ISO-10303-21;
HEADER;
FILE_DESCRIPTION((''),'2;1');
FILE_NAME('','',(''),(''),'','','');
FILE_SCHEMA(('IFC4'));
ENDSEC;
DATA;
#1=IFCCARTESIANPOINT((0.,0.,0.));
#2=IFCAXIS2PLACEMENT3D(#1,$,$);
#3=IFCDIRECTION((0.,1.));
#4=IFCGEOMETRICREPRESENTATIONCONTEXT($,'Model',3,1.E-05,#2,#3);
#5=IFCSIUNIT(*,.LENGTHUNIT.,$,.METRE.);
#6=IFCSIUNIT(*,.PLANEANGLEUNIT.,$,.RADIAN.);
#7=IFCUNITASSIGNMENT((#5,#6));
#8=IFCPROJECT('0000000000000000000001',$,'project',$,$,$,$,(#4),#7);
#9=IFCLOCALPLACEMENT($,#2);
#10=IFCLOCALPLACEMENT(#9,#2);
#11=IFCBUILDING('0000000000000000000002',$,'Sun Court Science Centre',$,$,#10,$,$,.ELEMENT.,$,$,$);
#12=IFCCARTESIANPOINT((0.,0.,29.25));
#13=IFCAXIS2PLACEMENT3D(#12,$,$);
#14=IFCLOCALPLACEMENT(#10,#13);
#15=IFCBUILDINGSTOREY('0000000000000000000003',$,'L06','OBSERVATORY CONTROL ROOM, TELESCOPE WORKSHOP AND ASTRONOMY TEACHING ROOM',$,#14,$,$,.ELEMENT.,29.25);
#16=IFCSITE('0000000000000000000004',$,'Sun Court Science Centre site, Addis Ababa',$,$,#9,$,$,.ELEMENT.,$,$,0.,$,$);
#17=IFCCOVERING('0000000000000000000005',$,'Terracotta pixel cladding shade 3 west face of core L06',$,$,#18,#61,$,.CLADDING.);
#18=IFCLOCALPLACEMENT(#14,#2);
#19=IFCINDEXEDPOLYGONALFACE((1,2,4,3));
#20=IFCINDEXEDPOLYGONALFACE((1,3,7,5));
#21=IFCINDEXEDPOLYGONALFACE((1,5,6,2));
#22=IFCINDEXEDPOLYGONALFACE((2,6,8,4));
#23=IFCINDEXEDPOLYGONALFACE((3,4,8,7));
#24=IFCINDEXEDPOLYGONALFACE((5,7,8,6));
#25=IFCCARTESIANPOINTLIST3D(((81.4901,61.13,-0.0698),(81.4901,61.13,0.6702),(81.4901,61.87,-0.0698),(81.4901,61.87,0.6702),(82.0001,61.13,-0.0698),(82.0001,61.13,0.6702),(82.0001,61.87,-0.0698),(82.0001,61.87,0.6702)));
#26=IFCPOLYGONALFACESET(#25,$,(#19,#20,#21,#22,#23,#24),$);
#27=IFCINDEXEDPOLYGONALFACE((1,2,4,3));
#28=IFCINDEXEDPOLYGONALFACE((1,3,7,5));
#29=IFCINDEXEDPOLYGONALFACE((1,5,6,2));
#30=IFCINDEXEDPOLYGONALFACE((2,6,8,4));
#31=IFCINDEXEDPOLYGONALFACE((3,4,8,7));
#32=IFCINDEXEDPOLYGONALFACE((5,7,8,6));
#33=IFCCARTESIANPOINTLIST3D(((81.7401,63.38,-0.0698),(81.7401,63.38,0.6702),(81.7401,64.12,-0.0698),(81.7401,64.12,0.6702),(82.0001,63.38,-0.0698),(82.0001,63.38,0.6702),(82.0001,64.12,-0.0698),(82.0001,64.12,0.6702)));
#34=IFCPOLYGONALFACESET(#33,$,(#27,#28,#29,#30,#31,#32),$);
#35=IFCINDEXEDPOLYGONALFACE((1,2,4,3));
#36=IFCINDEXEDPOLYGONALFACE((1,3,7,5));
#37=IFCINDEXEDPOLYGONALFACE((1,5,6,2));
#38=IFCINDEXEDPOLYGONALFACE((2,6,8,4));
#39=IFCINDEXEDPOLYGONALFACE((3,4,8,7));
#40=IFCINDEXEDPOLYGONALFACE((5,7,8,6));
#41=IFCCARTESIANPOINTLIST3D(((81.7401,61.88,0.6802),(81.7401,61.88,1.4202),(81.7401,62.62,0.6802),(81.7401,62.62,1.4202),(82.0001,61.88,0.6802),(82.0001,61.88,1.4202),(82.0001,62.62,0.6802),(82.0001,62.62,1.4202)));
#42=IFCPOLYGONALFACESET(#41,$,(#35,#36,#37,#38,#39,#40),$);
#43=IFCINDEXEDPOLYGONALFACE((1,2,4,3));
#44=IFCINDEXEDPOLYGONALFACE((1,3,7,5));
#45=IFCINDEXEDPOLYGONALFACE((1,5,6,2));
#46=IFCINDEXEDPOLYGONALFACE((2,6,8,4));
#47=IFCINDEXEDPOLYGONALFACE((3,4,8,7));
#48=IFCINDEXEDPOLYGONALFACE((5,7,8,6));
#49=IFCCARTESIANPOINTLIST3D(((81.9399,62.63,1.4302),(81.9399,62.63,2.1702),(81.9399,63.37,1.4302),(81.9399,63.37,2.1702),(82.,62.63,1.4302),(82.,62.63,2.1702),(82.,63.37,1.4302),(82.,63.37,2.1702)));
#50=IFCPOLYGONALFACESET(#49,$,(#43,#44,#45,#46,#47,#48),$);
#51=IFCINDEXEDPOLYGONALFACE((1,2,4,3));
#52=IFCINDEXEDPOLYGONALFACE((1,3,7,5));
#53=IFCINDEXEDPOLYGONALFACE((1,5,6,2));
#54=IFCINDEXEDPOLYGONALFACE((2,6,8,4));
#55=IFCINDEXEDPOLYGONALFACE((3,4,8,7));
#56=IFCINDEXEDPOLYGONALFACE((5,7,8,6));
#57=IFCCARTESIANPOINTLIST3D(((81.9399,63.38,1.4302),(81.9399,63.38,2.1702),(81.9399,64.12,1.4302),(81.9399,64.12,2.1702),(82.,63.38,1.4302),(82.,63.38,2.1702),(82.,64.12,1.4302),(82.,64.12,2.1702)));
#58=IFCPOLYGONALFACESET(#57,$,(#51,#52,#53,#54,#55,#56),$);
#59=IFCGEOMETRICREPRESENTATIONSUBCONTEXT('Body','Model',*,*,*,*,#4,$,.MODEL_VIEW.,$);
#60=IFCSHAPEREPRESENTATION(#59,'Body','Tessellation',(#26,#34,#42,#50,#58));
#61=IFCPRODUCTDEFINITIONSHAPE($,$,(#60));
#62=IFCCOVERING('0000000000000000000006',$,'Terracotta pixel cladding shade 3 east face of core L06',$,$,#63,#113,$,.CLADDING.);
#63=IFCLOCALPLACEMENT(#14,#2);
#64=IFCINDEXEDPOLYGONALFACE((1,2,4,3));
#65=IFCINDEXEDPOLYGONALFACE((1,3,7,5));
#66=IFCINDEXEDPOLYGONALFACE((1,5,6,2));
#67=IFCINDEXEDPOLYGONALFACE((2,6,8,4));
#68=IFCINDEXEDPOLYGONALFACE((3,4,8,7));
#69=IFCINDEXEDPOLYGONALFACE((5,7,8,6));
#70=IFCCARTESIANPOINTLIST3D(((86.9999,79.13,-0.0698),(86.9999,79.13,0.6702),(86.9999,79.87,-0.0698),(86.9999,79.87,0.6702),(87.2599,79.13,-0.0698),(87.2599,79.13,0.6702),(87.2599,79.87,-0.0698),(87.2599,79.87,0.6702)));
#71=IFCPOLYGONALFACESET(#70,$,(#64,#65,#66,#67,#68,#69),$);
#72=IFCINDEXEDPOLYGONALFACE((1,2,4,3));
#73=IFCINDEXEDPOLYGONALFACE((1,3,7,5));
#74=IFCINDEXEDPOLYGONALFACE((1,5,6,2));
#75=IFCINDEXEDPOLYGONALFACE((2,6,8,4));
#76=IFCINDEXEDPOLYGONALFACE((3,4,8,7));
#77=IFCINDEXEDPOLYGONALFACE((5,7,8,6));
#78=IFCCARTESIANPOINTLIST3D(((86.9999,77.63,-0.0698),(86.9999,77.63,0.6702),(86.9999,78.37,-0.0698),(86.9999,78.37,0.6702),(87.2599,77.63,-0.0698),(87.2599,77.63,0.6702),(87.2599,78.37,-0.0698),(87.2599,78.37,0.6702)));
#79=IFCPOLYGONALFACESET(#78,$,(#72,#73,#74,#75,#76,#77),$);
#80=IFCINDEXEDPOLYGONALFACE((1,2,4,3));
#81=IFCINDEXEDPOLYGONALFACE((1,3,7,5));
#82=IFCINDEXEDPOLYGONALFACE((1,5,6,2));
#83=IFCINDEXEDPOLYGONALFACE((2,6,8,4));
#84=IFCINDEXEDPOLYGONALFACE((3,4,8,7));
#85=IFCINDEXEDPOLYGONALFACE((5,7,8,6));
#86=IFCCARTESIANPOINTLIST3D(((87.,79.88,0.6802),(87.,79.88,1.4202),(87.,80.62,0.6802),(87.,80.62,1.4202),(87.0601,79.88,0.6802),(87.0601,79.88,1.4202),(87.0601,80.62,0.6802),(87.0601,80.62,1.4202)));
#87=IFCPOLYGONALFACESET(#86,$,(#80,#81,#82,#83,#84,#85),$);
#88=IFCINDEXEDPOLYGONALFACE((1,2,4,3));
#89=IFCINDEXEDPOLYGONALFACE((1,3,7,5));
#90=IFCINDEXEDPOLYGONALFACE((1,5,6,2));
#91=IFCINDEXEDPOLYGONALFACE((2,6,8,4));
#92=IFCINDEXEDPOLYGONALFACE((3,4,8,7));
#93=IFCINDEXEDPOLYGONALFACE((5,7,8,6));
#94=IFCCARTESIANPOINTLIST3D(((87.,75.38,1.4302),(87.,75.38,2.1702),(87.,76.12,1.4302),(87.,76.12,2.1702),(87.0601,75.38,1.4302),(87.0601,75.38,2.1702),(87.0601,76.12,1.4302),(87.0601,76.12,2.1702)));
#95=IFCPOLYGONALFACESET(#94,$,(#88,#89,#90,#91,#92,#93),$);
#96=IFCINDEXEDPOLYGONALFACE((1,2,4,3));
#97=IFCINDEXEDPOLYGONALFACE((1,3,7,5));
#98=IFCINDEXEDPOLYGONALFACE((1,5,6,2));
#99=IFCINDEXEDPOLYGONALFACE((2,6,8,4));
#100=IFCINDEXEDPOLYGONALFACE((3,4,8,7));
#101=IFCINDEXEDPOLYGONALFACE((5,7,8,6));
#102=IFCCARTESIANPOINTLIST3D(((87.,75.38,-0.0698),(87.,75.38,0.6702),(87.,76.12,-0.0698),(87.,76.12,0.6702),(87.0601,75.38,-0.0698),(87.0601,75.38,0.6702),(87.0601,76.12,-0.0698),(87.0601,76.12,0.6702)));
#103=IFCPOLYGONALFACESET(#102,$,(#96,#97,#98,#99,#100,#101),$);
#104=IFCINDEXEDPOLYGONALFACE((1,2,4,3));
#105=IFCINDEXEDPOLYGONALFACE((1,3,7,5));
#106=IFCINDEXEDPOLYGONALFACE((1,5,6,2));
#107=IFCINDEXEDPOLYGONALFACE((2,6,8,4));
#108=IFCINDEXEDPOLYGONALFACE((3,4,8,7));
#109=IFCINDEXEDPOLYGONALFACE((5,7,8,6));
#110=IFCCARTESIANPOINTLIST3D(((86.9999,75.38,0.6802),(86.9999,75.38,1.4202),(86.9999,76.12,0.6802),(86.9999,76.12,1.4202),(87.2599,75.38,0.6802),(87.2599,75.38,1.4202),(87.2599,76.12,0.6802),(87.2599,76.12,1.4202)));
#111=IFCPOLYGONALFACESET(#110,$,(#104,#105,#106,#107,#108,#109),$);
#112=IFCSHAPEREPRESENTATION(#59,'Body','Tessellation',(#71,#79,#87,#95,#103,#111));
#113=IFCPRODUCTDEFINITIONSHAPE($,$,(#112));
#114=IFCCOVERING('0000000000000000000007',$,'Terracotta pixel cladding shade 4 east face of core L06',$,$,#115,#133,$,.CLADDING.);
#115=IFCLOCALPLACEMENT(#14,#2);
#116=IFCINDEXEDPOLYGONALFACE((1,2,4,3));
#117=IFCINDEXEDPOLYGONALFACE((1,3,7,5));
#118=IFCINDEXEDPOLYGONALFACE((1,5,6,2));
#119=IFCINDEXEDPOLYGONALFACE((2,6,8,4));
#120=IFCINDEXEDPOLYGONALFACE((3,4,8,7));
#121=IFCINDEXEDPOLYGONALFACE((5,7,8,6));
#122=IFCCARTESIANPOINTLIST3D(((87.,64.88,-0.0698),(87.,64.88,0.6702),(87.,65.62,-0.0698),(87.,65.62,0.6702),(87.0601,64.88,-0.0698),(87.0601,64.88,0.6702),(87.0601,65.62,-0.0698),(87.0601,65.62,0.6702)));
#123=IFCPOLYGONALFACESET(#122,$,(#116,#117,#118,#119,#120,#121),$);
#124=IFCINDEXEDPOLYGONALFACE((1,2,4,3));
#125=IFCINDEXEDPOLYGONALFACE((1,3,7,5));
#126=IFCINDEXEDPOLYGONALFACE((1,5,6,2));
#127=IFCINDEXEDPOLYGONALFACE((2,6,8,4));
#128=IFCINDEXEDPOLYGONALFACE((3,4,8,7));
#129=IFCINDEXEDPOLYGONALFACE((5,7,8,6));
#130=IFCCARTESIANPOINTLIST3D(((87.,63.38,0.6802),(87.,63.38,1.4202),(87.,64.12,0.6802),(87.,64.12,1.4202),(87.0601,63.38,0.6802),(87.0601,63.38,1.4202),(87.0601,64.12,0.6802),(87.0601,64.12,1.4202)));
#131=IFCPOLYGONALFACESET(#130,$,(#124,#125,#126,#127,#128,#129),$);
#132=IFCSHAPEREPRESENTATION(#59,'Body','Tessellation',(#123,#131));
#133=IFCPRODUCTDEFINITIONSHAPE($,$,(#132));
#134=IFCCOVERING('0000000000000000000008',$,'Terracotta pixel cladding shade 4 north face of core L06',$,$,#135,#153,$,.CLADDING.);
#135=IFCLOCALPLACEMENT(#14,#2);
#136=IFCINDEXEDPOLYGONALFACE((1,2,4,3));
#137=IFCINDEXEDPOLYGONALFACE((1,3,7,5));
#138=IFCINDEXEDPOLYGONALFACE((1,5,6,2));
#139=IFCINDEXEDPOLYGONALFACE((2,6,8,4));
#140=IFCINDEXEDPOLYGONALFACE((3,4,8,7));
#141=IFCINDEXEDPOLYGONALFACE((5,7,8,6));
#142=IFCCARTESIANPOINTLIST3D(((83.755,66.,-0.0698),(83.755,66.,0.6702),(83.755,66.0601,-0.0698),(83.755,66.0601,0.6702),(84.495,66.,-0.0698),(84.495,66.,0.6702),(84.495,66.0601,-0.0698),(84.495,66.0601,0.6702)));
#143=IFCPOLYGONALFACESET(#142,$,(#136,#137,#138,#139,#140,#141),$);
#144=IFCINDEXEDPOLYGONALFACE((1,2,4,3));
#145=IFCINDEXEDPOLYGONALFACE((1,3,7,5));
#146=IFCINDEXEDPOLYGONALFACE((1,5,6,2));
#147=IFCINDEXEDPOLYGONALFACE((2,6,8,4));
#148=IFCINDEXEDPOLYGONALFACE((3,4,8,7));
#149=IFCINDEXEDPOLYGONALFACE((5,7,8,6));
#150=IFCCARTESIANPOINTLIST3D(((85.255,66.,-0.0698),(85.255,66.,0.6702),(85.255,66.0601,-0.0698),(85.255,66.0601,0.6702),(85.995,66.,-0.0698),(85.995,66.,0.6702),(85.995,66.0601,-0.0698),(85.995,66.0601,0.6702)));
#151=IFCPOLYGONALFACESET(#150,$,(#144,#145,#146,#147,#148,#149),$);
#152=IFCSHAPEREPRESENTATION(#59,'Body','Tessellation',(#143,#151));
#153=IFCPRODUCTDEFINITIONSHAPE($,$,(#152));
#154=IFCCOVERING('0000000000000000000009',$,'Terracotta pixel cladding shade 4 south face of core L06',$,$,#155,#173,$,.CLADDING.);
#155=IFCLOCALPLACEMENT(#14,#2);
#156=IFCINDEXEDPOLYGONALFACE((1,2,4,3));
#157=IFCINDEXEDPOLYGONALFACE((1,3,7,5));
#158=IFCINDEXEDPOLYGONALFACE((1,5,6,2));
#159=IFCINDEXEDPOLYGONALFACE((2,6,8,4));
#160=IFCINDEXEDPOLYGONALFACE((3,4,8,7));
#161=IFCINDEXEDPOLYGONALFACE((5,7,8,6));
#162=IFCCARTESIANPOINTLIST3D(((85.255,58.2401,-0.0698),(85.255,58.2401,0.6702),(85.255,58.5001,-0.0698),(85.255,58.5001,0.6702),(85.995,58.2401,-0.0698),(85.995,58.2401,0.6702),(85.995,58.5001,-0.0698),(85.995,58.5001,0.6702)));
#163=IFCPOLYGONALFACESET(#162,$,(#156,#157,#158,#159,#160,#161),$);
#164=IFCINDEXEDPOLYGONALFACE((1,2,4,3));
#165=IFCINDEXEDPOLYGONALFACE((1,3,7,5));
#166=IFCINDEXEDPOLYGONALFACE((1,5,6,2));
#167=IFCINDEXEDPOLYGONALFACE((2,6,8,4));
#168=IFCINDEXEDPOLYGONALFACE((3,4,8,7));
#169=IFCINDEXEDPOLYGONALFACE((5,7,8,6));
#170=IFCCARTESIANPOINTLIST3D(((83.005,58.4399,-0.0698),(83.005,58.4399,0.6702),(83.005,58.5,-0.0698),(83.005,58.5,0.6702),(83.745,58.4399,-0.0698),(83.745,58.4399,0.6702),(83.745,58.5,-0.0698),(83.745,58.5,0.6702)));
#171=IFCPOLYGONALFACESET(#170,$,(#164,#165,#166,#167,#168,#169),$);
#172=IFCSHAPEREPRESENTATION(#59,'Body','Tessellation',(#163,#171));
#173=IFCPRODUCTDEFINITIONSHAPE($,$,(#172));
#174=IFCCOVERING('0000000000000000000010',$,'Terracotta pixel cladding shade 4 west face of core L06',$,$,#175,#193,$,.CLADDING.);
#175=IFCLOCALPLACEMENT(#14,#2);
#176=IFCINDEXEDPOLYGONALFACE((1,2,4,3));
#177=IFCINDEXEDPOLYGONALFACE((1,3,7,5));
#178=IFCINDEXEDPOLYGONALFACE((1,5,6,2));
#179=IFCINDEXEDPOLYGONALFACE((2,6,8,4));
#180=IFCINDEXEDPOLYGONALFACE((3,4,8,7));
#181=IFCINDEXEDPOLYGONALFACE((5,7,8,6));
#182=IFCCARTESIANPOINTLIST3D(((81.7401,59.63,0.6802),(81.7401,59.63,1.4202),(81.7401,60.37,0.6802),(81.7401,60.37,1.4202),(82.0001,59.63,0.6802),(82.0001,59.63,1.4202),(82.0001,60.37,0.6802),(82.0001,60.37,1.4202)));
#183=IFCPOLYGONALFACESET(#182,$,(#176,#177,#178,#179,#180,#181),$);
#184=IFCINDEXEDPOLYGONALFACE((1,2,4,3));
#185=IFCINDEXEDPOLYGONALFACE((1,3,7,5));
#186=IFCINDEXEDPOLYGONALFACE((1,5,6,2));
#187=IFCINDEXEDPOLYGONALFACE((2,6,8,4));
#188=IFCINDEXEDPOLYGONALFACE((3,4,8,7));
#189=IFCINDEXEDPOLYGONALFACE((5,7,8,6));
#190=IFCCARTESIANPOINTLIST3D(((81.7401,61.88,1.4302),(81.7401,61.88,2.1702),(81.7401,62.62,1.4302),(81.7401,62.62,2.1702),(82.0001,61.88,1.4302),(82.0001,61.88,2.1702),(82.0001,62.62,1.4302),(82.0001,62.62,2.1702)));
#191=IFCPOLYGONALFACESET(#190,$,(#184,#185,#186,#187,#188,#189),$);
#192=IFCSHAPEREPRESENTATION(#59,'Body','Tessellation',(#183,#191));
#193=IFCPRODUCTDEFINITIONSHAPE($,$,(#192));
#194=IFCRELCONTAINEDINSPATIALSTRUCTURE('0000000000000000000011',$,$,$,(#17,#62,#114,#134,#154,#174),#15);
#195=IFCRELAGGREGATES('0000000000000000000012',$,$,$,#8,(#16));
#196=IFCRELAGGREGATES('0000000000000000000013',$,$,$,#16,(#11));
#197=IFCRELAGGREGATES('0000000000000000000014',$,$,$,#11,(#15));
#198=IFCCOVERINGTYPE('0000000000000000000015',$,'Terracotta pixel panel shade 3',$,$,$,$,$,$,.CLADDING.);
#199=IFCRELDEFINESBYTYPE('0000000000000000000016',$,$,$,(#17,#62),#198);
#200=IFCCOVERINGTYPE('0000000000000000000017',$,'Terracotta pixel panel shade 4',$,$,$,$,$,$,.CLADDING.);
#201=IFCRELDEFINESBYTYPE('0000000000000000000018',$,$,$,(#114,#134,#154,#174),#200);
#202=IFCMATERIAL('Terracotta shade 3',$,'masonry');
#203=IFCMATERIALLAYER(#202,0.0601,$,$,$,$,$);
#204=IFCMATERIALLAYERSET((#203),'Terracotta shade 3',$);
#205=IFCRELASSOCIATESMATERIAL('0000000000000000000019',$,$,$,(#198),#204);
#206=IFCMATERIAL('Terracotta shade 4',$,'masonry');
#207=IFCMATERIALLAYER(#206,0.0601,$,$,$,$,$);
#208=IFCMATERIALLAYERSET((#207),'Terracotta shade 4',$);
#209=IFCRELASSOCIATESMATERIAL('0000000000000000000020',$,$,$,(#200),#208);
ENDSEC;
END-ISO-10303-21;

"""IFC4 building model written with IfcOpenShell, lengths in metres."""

from ifc_helpers import new_model, si_unit, direction, frame, origin, origin_2d, place, context, subcontext, project, spatial, rectangle, extrude, material, layer, layer_set, type_object, element, save


model = new_model("IFC4")

# Units and contexts
model_context = context("Model", 3, precision=1e-05, world=origin(), true_north=direction((0.0, 1.0)))
body_context = subcontext(model_context, "Body", "Model", "MODEL_VIEW")
ifc_project = project(units=[si_unit("LENGTHUNIT", "METRE"), si_unit("PLANEANGLEUNIT", "RADIAN")], contexts=[model_context])

# Site, building, storey
site_placement = place(None, origin())
site = spatial("IfcSite", under=ifc_project, at=site_placement, Name="Sun Court Science Centre site, Addis Ababa", CompositionType="ELEMENT", RefElevation=0.0)
building_placement = place(site_placement, origin())
building = spatial("IfcBuilding", under=site, at=building_placement, Name="Sun Court Science Centre", CompositionType="ELEMENT")
storey_placement = place(building_placement, frame((0.0, 0.0, 29.25)))
storey = spatial("IfcBuildingStorey", under=building, at=storey_placement, Name="L06", Description="OBSERVATORY CONTROL ROOM, TELESCOPE WORKSHOP AND ASTRONOMY TEACHING ROOM", CompositionType="ELEMENT", Elevation=29.25)

# Coverings
ifc_material_1 = material(Name="Terracotta shade 3", Category="masonry")
ifc_layer_1 = layer(ifc_material_1, 0.0601)
ifc_layer_set_1 = layer_set([ifc_layer_1], Name="Terracotta shade 3")
covering_type_1 = type_object("IfcCoveringType", Name="Terracotta pixel panel shade 3", PredefinedType="CLADDING", material=ifc_layer_set_1)
covering_1_placement = place(storey_placement, frame((0.0, 0.0, -29.25)))
element("IfcCovering", 1, at=covering_1_placement, inside=storey, type_object=covering_type_1, Name="Terracotta pixel cladding shade 3 west face of core L06", PredefinedType="CLADDING", context=body_context, shape_type="SweptSolid", body=[
    extrude(rectangle(XDim=0.74, YDim=0.51, at=origin_2d()), frame((81.7451, 61.5, 29.1802), z_axis=(0.0, 0.0, 1.0), x_axis=(0.0, 1.0, 0.0)), (0.0, 0.0, 1.0), 0.74),
    extrude(rectangle(XDim=0.74, YDim=0.26, at=origin_2d()), frame((81.8701, 63.75, 29.1802), z_axis=(0.0, 0.0, 1.0), x_axis=(0.0, 1.0, 0.0)), (0.0, 0.0, 1.0), 0.74),
    extrude(rectangle(XDim=0.74, YDim=0.26, at=origin_2d()), frame((81.8701, 62.25, 29.9302), z_axis=(0.0, 0.0, 1.0), x_axis=(0.0, 1.0, 0.0)), (0.0, 0.0, 1.0), 0.74),
    extrude(rectangle(XDim=0.74, YDim=0.0601, at=origin_2d()), frame((81.97, 63.0, 30.6802), z_axis=(0.0, 0.0, 1.0), x_axis=(0.0, 1.0, 0.0)), (0.0, 0.0, 1.0), 0.74),
    extrude(rectangle(XDim=0.74, YDim=0.0601, at=origin_2d()), frame((81.97, 63.75, 30.6802), z_axis=(0.0, 0.0, 1.0), x_axis=(0.0, 1.0, 0.0)), (0.0, 0.0, 1.0), 0.74),
])
covering_2_placement = place(storey_placement, frame((0.0, 0.0, -29.25)))
element("IfcCovering", 2, at=covering_2_placement, inside=storey, type_object=covering_type_1, Name="Terracotta pixel cladding shade 3 east face of core L06", PredefinedType="CLADDING", context=body_context, shape_type="SweptSolid", body=[
    extrude(rectangle(XDim=0.74, YDim=0.26, at=origin_2d()), frame((87.1299, 79.5, 29.1802), z_axis=(0.0, 0.0, 1.0), x_axis=(0.0, -1.0, 0.0)), (0.0, 0.0, 1.0), 0.74),
    extrude(rectangle(XDim=0.74, YDim=0.26, at=origin_2d()), frame((87.1299, 78.0, 29.1802), z_axis=(0.0, 0.0, 1.0), x_axis=(0.0, -1.0, 0.0)), (0.0, 0.0, 1.0), 0.74),
    extrude(rectangle(XDim=0.74, YDim=0.0601, at=origin_2d()), frame((87.03, 80.25, 29.9302), z_axis=(0.0, 0.0, 1.0), x_axis=(0.0, -1.0, 0.0)), (0.0, 0.0, 1.0), 0.74),
    extrude(rectangle(XDim=0.74, YDim=0.0601, at=origin_2d()), frame((87.03, 75.75, 30.6802), z_axis=(0.0, 0.0, 1.0), x_axis=(0.0, -1.0, 0.0)), (0.0, 0.0, 1.0), 0.74),
    extrude(rectangle(XDim=0.74, YDim=0.0601, at=origin_2d()), frame((87.03, 75.75, 29.1802), z_axis=(0.0, 0.0, 1.0), x_axis=(0.0, -1.0, 0.0)), (0.0, 0.0, 1.0), 0.74),
    extrude(rectangle(XDim=0.74, YDim=0.26, at=origin_2d()), frame((87.1299, 75.75, 29.9302), z_axis=(0.0, 0.0, 1.0), x_axis=(0.0, -1.0, 0.0)), (0.0, 0.0, 1.0), 0.74),
])
ifc_material_2 = material(Name="Terracotta shade 4", Category="masonry")
ifc_layer_2 = layer(ifc_material_2, 0.0601)
ifc_layer_set_2 = layer_set([ifc_layer_2], Name="Terracotta shade 4")
covering_type_2 = type_object("IfcCoveringType", Name="Terracotta pixel panel shade 4", PredefinedType="CLADDING", material=ifc_layer_set_2)
covering_3_placement = place(storey_placement, frame((0.0, 0.0, -29.25)))
element("IfcCovering", 3, at=covering_3_placement, inside=storey, type_object=covering_type_2, Name="Terracotta pixel cladding shade 4 east face of core L06", PredefinedType="CLADDING", context=body_context, shape_type="SweptSolid", body=[
    extrude(rectangle(XDim=0.74, YDim=0.0601, at=origin_2d()), frame((87.03, 65.25, 29.1802), z_axis=(0.0, 0.0, 1.0), x_axis=(0.0, -1.0, 0.0)), (0.0, 0.0, 1.0), 0.74),
    extrude(rectangle(XDim=0.74, YDim=0.0601, at=origin_2d()), frame((87.03, 63.75, 29.9302), z_axis=(0.0, 0.0, 1.0), x_axis=(0.0, -1.0, 0.0)), (0.0, 0.0, 1.0), 0.74),
])
covering_4_placement = place(storey_placement, frame((0.0, 0.0, -29.25)))
element("IfcCovering", 4, at=covering_4_placement, inside=storey, type_object=covering_type_2, Name="Terracotta pixel cladding shade 4 north face of core L06", PredefinedType="CLADDING", context=body_context, shape_type="SweptSolid", body=[
    extrude(rectangle(XDim=0.74, YDim=0.0601, at=origin_2d()), frame((84.125, 66.03, 29.1802), z_axis=(0.0, 0.0, 1.0), x_axis=(1.0, 0.0, 0.0)), (0.0, 0.0, 1.0), 0.74),
    extrude(rectangle(XDim=0.74, YDim=0.0601, at=origin_2d()), frame((85.625, 66.03, 29.1802), z_axis=(0.0, 0.0, 1.0), x_axis=(1.0, 0.0, 0.0)), (0.0, 0.0, 1.0), 0.74),
])
covering_5_placement = place(storey_placement, frame((0.0, 0.0, -29.25)))
element("IfcCovering", 5, at=covering_5_placement, inside=storey, type_object=covering_type_2, Name="Terracotta pixel cladding shade 4 south face of core L06", PredefinedType="CLADDING", context=body_context, shape_type="SweptSolid", body=[
    extrude(rectangle(XDim=0.74, YDim=0.26, at=origin_2d()), frame((85.625, 58.3701, 29.1802), z_axis=(0.0, 0.0, 1.0), x_axis=(-1.0, 0.0, 0.0)), (0.0, 0.0, 1.0), 0.74),
    extrude(rectangle(XDim=0.74, YDim=0.0601, at=origin_2d()), frame((83.375, 58.47, 29.1802), z_axis=(0.0, 0.0, 1.0), x_axis=(-1.0, 0.0, 0.0)), (0.0, 0.0, 1.0), 0.74),
])
covering_6_placement = place(storey_placement, frame((0.0, 0.0, -29.25)))
element("IfcCovering", 6, at=covering_6_placement, inside=storey, type_object=covering_type_2, Name="Terracotta pixel cladding shade 4 west face of core L06", PredefinedType="CLADDING", context=body_context, shape_type="SweptSolid", body=[
    extrude(rectangle(XDim=0.74, YDim=0.26, at=origin_2d()), frame((81.8701, 60.0, 29.9302), z_axis=(0.0, 0.0, 1.0), x_axis=(0.0, 1.0, 0.0)), (0.0, 0.0, 1.0), 0.74),
    extrude(rectangle(XDim=0.74, YDim=0.26, at=origin_2d()), frame((81.8701, 62.25, 30.6802), z_axis=(0.0, 0.0, 1.0), x_axis=(0.0, 1.0, 0.0)), (0.0, 0.0, 1.0), 0.74),
])

save(model, "model.ifc")
